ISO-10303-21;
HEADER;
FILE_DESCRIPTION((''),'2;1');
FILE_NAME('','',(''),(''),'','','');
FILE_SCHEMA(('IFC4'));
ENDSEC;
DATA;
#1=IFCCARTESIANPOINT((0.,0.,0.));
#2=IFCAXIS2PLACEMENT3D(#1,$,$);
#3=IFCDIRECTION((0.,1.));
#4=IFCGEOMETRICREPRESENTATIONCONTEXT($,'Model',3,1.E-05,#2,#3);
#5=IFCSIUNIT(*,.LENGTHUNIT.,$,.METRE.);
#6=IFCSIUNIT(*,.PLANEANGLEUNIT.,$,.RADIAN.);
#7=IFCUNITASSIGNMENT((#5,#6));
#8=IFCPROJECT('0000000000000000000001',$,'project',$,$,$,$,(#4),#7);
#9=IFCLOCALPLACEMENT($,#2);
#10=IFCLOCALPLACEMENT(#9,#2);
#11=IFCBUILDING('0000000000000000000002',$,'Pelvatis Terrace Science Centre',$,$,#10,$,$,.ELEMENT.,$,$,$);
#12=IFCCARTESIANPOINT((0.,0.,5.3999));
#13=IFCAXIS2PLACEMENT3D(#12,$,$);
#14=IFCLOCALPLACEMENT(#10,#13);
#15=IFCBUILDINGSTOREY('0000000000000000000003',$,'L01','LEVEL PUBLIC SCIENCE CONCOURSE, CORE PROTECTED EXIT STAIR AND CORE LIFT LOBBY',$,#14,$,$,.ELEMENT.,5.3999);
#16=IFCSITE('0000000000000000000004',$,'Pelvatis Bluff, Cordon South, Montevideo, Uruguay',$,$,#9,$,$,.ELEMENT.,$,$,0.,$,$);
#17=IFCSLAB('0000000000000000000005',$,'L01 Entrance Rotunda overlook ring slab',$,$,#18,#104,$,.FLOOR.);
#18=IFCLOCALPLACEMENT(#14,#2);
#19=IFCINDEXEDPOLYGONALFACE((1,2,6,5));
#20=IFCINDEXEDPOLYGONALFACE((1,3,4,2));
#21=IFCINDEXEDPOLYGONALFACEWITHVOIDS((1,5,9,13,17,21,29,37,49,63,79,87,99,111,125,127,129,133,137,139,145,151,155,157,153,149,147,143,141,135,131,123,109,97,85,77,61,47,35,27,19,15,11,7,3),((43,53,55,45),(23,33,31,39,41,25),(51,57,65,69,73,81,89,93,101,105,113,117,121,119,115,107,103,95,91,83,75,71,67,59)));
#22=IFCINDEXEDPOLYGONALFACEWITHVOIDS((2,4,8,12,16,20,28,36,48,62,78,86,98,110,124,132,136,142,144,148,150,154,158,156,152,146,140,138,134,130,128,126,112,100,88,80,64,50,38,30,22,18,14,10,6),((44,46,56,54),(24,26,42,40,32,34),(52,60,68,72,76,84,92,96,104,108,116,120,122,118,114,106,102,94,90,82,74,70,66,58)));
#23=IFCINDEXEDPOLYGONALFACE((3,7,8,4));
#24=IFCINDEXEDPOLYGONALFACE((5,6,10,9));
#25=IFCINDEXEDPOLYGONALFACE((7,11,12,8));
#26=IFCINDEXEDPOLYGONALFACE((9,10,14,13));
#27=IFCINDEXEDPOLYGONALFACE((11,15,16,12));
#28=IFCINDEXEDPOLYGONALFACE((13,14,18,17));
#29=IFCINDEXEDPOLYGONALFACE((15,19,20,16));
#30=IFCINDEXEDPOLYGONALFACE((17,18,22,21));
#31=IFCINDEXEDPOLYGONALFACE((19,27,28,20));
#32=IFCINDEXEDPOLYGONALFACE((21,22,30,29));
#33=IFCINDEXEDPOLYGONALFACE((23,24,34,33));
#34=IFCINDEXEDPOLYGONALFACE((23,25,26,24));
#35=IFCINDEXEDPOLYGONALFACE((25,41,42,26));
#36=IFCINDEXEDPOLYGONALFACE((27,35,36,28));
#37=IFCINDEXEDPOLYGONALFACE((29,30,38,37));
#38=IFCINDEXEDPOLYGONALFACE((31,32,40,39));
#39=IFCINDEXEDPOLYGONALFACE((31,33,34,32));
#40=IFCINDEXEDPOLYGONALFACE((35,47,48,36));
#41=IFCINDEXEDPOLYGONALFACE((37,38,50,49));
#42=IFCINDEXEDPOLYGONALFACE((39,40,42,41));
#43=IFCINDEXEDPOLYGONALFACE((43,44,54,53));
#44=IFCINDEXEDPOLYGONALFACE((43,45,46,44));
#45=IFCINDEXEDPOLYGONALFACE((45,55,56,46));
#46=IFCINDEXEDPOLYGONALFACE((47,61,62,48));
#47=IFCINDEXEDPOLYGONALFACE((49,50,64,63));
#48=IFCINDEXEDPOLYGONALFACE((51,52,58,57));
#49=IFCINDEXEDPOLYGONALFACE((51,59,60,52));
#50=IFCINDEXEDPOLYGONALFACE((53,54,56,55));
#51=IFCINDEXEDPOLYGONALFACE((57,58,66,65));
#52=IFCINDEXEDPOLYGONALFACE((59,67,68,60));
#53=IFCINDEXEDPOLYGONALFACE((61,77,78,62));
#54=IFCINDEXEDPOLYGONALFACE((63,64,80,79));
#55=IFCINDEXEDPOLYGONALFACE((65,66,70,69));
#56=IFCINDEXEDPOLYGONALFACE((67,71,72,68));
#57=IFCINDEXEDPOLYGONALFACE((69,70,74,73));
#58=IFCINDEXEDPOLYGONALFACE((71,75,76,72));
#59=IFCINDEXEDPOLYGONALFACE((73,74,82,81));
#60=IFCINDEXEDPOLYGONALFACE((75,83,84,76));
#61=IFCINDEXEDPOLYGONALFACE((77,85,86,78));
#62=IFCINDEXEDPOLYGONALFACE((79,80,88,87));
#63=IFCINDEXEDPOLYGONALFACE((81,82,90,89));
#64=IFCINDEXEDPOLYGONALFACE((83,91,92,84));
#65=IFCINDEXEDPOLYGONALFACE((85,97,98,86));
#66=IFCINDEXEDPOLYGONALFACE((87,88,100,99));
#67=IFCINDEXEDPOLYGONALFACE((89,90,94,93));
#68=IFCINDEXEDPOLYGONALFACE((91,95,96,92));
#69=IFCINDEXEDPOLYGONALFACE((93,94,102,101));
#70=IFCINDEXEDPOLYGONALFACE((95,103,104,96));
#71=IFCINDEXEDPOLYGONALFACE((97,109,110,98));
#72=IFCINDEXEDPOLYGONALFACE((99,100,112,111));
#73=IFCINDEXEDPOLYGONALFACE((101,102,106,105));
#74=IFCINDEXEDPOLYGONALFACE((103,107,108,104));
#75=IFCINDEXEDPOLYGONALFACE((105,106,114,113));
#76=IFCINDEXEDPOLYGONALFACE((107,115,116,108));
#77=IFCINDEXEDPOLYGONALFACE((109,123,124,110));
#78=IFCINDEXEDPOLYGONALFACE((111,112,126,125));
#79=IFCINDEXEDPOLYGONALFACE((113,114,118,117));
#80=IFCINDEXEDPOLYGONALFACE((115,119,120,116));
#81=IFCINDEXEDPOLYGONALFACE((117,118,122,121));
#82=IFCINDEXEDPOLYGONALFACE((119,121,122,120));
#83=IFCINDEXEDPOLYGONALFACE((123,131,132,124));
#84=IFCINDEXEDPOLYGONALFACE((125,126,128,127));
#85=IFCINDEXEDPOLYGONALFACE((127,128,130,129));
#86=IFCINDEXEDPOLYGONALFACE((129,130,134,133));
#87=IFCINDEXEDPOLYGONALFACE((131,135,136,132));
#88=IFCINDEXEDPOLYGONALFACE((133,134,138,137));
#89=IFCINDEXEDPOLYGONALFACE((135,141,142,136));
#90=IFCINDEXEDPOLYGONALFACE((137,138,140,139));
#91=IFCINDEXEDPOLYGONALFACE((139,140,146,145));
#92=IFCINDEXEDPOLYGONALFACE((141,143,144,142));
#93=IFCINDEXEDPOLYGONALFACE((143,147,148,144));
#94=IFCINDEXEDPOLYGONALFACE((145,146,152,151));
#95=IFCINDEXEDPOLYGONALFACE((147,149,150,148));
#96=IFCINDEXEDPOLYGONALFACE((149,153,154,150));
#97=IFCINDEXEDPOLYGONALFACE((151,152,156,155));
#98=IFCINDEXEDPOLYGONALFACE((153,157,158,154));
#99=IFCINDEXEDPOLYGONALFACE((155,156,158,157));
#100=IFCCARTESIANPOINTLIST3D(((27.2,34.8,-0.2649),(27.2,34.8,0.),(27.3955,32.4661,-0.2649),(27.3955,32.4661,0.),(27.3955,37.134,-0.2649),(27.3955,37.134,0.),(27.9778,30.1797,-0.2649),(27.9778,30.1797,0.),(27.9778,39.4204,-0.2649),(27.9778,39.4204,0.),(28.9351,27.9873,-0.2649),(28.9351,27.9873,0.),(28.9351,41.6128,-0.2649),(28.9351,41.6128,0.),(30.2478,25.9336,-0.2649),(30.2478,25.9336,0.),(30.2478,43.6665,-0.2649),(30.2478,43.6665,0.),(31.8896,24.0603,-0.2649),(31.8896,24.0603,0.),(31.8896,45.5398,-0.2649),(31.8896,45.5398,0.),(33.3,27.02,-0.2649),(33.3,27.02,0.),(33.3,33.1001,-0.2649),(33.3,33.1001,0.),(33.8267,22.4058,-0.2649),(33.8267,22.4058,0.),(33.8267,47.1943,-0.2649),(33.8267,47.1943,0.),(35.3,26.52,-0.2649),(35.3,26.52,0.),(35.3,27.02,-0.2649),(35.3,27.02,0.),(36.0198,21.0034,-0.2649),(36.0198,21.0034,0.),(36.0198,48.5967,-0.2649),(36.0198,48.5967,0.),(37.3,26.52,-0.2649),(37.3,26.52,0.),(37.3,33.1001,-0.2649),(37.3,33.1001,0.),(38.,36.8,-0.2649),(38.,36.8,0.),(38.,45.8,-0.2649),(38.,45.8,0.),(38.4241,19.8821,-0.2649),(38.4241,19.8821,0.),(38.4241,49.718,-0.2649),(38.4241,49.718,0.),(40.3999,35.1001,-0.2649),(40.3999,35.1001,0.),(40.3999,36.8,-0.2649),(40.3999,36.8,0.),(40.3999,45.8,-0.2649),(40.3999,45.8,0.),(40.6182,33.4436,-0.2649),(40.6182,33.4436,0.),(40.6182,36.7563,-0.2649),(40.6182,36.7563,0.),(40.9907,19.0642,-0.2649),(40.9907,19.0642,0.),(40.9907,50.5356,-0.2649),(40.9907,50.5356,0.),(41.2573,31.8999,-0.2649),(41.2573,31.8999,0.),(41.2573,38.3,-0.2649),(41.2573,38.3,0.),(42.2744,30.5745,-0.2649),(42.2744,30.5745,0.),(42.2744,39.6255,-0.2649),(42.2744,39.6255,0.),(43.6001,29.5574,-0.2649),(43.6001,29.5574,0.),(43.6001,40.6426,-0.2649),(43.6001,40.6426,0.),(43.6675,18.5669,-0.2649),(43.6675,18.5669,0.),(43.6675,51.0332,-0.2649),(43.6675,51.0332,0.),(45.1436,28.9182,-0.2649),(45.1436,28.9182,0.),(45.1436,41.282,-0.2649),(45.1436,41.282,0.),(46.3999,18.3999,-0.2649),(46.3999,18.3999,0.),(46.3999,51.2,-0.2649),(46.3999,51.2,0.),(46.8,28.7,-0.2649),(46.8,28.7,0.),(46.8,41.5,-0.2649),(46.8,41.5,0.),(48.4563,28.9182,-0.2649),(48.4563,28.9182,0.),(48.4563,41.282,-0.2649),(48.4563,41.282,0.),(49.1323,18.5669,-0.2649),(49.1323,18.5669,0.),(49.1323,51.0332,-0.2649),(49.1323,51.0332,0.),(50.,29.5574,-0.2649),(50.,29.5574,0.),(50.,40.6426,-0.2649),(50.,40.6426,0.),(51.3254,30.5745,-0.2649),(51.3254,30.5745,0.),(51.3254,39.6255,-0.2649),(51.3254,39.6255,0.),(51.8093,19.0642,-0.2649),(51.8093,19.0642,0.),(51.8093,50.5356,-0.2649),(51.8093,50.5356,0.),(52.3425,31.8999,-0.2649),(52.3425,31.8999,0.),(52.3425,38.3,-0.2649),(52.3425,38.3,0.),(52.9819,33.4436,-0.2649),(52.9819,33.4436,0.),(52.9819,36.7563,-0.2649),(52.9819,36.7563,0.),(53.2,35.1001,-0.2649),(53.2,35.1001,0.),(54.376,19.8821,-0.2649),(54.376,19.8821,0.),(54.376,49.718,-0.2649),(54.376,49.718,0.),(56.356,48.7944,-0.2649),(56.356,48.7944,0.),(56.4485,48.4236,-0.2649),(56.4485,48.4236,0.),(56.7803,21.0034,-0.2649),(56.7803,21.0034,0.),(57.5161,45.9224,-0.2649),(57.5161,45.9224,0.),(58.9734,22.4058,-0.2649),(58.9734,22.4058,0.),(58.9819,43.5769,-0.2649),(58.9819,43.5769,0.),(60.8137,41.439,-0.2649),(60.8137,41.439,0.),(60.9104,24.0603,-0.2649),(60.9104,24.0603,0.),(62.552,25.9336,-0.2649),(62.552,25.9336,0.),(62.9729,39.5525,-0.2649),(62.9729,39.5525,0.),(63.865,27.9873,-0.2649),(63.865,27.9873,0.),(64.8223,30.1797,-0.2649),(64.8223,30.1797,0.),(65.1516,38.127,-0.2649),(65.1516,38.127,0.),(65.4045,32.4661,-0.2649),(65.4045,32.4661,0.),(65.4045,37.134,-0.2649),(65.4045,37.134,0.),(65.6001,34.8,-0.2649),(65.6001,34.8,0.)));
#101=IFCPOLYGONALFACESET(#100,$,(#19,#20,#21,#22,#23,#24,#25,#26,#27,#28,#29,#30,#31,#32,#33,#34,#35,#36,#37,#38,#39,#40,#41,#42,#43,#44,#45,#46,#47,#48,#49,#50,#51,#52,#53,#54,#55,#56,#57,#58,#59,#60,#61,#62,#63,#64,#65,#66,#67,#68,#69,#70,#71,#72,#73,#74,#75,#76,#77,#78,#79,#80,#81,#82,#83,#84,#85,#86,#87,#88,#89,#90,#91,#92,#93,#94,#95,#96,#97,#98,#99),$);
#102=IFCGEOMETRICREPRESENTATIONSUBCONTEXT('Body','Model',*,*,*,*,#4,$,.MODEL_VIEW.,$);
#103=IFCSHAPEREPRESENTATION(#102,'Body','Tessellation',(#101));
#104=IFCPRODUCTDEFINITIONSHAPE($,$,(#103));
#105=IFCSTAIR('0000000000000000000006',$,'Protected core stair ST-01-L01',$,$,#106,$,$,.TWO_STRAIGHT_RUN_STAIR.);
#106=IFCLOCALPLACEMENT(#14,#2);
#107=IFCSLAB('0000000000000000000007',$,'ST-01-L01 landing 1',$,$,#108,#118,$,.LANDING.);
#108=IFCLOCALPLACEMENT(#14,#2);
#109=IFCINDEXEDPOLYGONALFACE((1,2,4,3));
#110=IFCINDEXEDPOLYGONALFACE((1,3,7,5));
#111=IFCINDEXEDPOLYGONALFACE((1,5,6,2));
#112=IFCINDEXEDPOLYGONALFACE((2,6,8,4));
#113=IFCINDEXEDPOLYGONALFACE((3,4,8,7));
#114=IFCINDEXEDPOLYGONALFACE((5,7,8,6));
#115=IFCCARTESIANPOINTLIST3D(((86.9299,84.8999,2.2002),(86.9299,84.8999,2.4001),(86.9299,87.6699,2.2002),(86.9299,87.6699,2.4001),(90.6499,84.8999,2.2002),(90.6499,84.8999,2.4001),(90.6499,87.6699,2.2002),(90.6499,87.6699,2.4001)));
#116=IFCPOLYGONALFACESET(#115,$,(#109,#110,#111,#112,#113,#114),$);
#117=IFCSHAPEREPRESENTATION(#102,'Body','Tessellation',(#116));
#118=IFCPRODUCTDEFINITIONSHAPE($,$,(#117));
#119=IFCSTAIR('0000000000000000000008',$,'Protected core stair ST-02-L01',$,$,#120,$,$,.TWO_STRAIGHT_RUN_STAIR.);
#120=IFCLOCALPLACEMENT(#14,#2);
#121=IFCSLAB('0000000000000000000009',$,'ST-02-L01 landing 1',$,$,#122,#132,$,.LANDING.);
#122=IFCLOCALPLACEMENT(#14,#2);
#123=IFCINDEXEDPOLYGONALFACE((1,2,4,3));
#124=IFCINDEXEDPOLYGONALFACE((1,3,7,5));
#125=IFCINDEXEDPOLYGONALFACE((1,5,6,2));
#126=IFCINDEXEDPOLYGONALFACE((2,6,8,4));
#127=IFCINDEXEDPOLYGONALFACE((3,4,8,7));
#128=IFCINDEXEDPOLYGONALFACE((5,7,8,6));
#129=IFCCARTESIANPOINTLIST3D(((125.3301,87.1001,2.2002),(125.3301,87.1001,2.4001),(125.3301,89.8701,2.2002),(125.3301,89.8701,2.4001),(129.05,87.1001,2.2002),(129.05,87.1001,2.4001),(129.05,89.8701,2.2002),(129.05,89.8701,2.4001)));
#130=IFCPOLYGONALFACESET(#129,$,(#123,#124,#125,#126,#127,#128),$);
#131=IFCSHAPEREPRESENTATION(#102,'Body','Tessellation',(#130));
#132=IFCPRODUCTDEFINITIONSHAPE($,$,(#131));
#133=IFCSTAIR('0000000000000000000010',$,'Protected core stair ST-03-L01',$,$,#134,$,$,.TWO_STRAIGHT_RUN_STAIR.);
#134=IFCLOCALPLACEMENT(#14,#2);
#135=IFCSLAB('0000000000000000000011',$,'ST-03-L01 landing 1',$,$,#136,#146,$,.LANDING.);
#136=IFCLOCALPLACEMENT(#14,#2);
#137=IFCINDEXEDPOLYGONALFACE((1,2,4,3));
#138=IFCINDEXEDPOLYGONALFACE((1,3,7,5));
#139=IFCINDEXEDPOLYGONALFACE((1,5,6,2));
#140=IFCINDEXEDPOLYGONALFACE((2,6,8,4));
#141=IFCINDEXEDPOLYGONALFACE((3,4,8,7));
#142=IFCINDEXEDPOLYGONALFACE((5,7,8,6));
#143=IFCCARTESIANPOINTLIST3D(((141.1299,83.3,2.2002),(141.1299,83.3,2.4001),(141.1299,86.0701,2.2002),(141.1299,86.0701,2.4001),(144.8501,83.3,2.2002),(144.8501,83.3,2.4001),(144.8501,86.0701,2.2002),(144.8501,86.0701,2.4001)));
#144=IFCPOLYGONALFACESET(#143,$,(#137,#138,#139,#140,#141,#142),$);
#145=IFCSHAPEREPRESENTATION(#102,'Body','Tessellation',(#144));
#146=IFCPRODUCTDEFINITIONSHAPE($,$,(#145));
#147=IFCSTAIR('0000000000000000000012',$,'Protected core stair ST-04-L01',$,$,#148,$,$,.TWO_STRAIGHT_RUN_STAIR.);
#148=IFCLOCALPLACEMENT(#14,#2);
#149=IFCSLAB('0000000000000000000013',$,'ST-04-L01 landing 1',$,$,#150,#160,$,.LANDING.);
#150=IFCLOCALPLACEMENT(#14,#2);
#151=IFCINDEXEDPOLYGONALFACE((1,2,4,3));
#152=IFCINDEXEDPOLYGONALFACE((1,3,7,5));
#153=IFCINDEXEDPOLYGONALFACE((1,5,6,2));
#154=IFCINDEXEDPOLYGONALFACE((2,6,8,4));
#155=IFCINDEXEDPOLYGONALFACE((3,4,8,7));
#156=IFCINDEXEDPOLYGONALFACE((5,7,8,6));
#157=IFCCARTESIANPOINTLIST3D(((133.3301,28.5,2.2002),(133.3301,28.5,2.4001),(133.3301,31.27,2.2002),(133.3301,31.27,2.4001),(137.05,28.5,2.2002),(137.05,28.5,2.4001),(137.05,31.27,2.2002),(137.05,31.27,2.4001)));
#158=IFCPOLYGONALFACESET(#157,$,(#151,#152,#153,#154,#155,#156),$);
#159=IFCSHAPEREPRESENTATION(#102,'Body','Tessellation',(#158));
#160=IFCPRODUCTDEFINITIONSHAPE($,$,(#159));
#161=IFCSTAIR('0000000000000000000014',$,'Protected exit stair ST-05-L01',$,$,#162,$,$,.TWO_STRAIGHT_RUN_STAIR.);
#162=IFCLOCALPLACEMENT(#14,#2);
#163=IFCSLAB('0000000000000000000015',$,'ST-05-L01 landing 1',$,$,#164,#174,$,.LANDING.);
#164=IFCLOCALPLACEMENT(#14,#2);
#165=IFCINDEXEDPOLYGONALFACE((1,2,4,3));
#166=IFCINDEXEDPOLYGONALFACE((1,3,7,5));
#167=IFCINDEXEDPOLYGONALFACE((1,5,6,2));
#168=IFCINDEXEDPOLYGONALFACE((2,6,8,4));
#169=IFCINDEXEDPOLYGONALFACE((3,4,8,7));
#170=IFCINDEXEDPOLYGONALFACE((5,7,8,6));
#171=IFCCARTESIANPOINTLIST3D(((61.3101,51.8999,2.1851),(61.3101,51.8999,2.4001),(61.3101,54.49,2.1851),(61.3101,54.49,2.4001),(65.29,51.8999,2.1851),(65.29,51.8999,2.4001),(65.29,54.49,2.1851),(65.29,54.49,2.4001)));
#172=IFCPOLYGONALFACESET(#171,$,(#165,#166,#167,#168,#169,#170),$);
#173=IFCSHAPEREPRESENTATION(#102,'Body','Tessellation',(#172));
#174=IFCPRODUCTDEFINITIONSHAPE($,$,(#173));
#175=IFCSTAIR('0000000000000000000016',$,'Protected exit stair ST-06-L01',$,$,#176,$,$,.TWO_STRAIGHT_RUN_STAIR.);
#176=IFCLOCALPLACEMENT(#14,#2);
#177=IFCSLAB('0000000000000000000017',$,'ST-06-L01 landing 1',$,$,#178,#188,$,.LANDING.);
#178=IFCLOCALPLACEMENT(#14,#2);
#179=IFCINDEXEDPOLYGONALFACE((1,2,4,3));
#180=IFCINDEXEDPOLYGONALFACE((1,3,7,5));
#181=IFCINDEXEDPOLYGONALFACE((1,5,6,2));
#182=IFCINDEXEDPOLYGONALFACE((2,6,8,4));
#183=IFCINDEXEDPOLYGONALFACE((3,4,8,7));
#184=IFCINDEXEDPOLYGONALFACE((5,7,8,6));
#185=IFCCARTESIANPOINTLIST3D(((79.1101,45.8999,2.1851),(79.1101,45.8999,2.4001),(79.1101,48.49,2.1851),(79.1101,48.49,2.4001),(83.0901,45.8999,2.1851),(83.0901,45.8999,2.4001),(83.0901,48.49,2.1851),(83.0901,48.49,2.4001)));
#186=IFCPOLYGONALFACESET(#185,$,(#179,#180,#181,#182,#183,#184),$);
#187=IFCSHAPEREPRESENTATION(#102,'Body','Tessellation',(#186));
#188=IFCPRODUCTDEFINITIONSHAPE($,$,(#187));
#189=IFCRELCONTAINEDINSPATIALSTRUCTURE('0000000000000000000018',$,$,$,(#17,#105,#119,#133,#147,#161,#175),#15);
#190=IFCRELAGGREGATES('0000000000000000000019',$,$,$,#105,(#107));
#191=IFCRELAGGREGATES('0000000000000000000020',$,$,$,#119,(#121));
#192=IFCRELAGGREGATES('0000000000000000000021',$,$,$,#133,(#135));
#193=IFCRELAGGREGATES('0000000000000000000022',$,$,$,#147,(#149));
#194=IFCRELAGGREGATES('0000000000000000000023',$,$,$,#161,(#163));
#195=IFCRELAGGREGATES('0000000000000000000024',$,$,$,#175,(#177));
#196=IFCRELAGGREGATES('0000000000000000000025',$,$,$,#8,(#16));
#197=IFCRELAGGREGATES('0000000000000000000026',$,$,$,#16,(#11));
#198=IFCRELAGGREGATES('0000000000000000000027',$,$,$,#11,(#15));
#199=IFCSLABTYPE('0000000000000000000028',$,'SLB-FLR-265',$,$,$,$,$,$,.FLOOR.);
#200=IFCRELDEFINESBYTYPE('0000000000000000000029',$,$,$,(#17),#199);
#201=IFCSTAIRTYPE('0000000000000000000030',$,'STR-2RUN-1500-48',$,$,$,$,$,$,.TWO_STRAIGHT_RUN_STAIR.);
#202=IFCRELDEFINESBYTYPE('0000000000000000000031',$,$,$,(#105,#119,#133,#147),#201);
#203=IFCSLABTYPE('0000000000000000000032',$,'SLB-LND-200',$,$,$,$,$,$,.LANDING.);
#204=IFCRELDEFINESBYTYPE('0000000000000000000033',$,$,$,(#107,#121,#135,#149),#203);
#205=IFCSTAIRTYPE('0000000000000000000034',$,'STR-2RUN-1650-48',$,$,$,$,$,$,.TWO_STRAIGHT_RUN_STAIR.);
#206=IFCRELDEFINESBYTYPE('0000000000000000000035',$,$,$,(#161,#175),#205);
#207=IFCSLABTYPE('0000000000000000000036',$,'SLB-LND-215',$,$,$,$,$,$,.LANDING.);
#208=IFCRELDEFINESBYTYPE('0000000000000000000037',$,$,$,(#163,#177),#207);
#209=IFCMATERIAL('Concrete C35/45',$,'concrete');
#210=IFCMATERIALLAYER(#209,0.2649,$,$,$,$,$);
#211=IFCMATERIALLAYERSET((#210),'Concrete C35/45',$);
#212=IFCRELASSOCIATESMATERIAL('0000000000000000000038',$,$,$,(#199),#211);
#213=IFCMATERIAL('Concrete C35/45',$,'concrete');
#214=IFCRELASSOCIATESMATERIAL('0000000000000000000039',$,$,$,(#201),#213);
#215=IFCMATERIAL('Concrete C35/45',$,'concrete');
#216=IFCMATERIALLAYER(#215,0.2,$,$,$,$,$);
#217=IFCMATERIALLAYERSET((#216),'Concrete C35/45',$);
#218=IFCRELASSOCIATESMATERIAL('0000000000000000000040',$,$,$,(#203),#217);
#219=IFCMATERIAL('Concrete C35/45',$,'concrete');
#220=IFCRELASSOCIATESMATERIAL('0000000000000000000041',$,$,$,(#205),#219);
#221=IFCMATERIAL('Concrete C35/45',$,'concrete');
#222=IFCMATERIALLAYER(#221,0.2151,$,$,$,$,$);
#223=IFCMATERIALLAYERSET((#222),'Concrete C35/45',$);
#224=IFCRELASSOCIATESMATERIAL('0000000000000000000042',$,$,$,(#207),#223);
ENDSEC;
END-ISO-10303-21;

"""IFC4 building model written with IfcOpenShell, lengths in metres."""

from ifc_helpers import new_model, si_unit, direction, frame, origin, place, context, subcontext, project, spatial, polyline, outline, extrude, material, layer, layer_set, type_object, element, aggregate, save


model = new_model("IFC4")

# Units and contexts
model_context = context("Model", 3, precision=1e-05, world=origin(), true_north=direction((0.0, 1.0)))
body_context = subcontext(model_context, "Body", "Model", "MODEL_VIEW")
ifc_project = project(units=[si_unit("LENGTHUNIT", "METRE"), si_unit("PLANEANGLEUNIT", "RADIAN")], contexts=[model_context])

# Site, building, storey
site_placement = place(None, origin())
site = spatial("IfcSite", under=ifc_project, at=site_placement, Name="Pelvatis Bluff, Cordon South, Montevideo, Uruguay", CompositionType="ELEMENT", RefElevation=0.0)
building_placement = place(site_placement, origin())
building = spatial("IfcBuilding", under=site, at=building_placement, Name="Pelvatis Terrace Science Centre", CompositionType="ELEMENT")
storey_placement = place(building_placement, frame((0.0, 0.0, 5.3999)))
storey = spatial("IfcBuildingStorey", under=building, at=storey_placement, Name="L01", Description="LEVEL PUBLIC SCIENCE CONCOURSE, CORE PROTECTED EXIT STAIR AND CORE LIFT LOBBY", CompositionType="ELEMENT", Elevation=5.3999)

# Slab
ifc_material_1 = material(Name="Concrete C35/45", Category="concrete")
ifc_layer_1 = layer(ifc_material_1, 0.2649)
ifc_layer_set_1 = layer_set([ifc_layer_1], Name="Concrete C35/45")
slab_type_1 = type_object("IfcSlabType", Name="SLB-FLR-265", PredefinedType="FLOOR", material=ifc_layer_set_1)
slab_1_placement = place(storey_placement, frame((0.0, 0.0, -0.2649)))
element("IfcSlab", 1, at=slab_1_placement, inside=storey, type_object=slab_type_1, Name="L01 Entrance Rotunda overlook ring slab", PredefinedType="FLOOR", context=body_context, shape_type="SweptSolid", body=[
    extrude(outline(polyline([(64.8223, 30.1797), (63.865, 27.9873), (62.552, 25.9336), (60.9104, 24.0603), (58.9734, 22.4058), (56.7803, 21.0034), (54.376, 19.8821), (51.8093, 19.0642), (49.1323, 18.5669), (46.3999, 18.3999), (43.6675, 18.5669), (40.9907, 19.0642), (38.4241, 19.8821), (36.0198, 21.0034), (33.8267, 22.4058), (31.8896, 24.0603), (30.2478, 25.9336), (28.9351, 27.9873), (27.9778, 30.1797), (27.3955, 32.4661), (27.2, 34.8), (27.3955, 37.134), (27.9778, 39.4204), (28.9351, 41.6128), (30.2478, 43.6665), (31.8896, 45.5398), (33.8267, 47.1943), (36.0198, 48.5967), (38.4241, 49.718), (40.9907, 50.5356), (43.6675, 51.0332), (46.3999, 51.2), (49.1323, 51.0332), (51.8093, 50.5356), (54.376, 49.718), (56.356, 48.7944), (56.4485, 48.4236), (57.5161, 45.9224), (58.9819, 43.5769), (60.8137, 41.439), (62.9729, 39.5525), (65.1516, 38.127), (65.4045, 37.134), (65.6001, 34.8), (65.4045, 32.4661), (64.8223, 30.1797)]), holes=[polyline([(33.3, 27.02), (35.3, 27.02), (35.3, 26.52), (37.3, 26.52), (37.3, 33.1001), (33.3, 33.1001), (33.3, 27.02)]), polyline([(52.9819, 33.4436), (53.2, 35.1001), (52.9819, 36.7563), (52.3425, 38.3), (51.3254, 39.6255), (50.0, 40.6426), (48.4563, 41.282), (46.8, 41.5), (45.1436, 41.282), (43.6001, 40.6426), (42.2744, 39.6255), (41.2573, 38.3), (40.6182, 36.7563), (40.3999, 35.1001), (40.6182, 33.4436), (41.2573, 31.8999), (42.2744, 30.5745), (43.6001, 29.5574), (45.1436, 28.9182), (46.8, 28.7), (48.4563, 28.9182), (50.0, 29.5574), (51.3254, 30.5745), (52.3425, 31.8999), (52.9819, 33.4436)]), polyline([(38.0, 45.8), (38.0, 36.8), (40.3999, 36.8), (40.3999, 45.8), (38.0, 45.8)])]), origin(), (0.0, 0.0, 1.0), 0.2649),
])

# Stairs, slabs
ifc_material_2 = material(Name="Concrete C35/45", Category="concrete")
stair_type_1 = type_object("IfcStairType", Name="STR-2RUN-1500-48", PredefinedType="TWO_STRAIGHT_RUN_STAIR", material=ifc_material_2)
stair_1_placement = place(storey_placement, origin())
stair_1 = element("IfcStair", 2, at=stair_1_placement, inside=storey, type_object=stair_type_1, Name="Protected core stair ST-01-L01", PredefinedType="TWO_STRAIGHT_RUN_STAIR")
ifc_material_3 = material(Name="Concrete C35/45", Category="concrete")
ifc_layer_2 = layer(ifc_material_3, 0.2)
ifc_layer_set_2 = layer_set([ifc_layer_2], Name="Concrete C35/45")
slab_type_2 = type_object("IfcSlabType", Name="SLB-LND-200", PredefinedType="LANDING", material=ifc_layer_set_2)
slab_2_placement = place(storey_placement, frame((0.0, 0.0, 2.2002)))
slab_2 = element("IfcSlab", 3, at=slab_2_placement, type_object=slab_type_2, Name="ST-01-L01 landing 1", PredefinedType="LANDING", context=body_context, shape_type="SweptSolid", body=[
    extrude(outline(polyline([(86.9299, 84.8999), (90.6499, 84.8999), (90.6499, 87.6699), (86.9299, 87.6699), (86.9299, 84.8999)])), origin(), (0.0, 0.0, 1.0), 0.2),
])
aggregate(stair_1, [slab_2])
stair_2_placement = place(storey_placement, origin())
stair_2 = element("IfcStair", 4, at=stair_2_placement, inside=storey, type_object=stair_type_1, Name="Protected core stair ST-02-L01", PredefinedType="TWO_STRAIGHT_RUN_STAIR")
slab_3_placement = place(storey_placement, frame((0.0, 0.0, 2.2002)))
slab_3 = element("IfcSlab", 5, at=slab_3_placement, type_object=slab_type_2, Name="ST-02-L01 landing 1", PredefinedType="LANDING", context=body_context, shape_type="SweptSolid", body=[
    extrude(outline(polyline([(125.3301, 87.1001), (129.05, 87.1001), (129.05, 89.8701), (125.3301, 89.8701), (125.3301, 87.1001)])), origin(), (0.0, 0.0, 1.0), 0.2),
])
aggregate(stair_2, [slab_3])
stair_3_placement = place(storey_placement, origin())
stair_3 = element("IfcStair", 6, at=stair_3_placement, inside=storey, type_object=stair_type_1, Name="Protected core stair ST-03-L01", PredefinedType="TWO_STRAIGHT_RUN_STAIR")
slab_4_placement = place(storey_placement, frame((0.0, 0.0, 2.2002)))
slab_4 = element("IfcSlab", 7, at=slab_4_placement, type_object=slab_type_2, Name="ST-03-L01 landing 1", PredefinedType="LANDING", context=body_context, shape_type="SweptSolid", body=[
    extrude(outline(polyline([(141.1299, 83.3), (144.8501, 83.3), (144.8501, 86.0701), (141.1299, 86.0701), (141.1299, 83.3)])), origin(), (0.0, 0.0, 1.0), 0.2),
])
aggregate(stair_3, [slab_4])
stair_4_placement = place(storey_placement, origin())
stair_4 = element("IfcStair", 8, at=stair_4_placement, inside=storey, type_object=stair_type_1, Name="Protected core stair ST-04-L01", PredefinedType="TWO_STRAIGHT_RUN_STAIR")
slab_5_placement = place(storey_placement, frame((0.0, 0.0, 2.2002)))
slab_5 = element("IfcSlab", 9, at=slab_5_placement, type_object=slab_type_2, Name="ST-04-L01 landing 1", PredefinedType="LANDING", context=body_context, shape_type="SweptSolid", body=[
    extrude(outline(polyline([(133.3301, 28.5), (137.05, 28.5), (137.05, 31.27), (133.3301, 31.27), (133.3301, 28.5)])), origin(), (0.0, 0.0, 1.0), 0.2),
])
aggregate(stair_4, [slab_5])
ifc_material_4 = material(Name="Concrete C35/45", Category="concrete")
stair_type_2 = type_object("IfcStairType", Name="STR-2RUN-1650-48", PredefinedType="TWO_STRAIGHT_RUN_STAIR", material=ifc_material_4)
stair_5_placement = place(storey_placement, origin())
stair_5 = element("IfcStair", 10, at=stair_5_placement, inside=storey, type_object=stair_type_2, Name="Protected exit stair ST-05-L01", PredefinedType="TWO_STRAIGHT_RUN_STAIR")
ifc_material_5 = material(Name="Concrete C35/45", Category="concrete")
ifc_layer_3 = layer(ifc_material_5, 0.2151)
ifc_layer_set_3 = layer_set([ifc_layer_3], Name="Concrete C35/45")
slab_type_3 = type_object("IfcSlabType", Name="SLB-LND-215", PredefinedType="LANDING", material=ifc_layer_set_3)
slab_6_placement = place(storey_placement, frame((0.0, 0.0, 2.1851)))
slab_6 = element("IfcSlab", 11, at=slab_6_placement, type_object=slab_type_3, Name="ST-05-L01 landing 1", PredefinedType="LANDING", context=body_context, shape_type="SweptSolid", body=[
    extrude(outline(polyline([(61.3101, 51.8999), (65.29, 51.8999), (65.29, 54.49), (61.3101, 54.49), (61.3101, 51.8999)])), origin(), (0.0, 0.0, 1.0), 0.2151),
])
aggregate(stair_5, [slab_6])
stair_6_placement = place(storey_placement, origin())
stair_6 = element("IfcStair", 12, at=stair_6_placement, inside=storey, type_object=stair_type_2, Name="Protected exit stair ST-06-L01", PredefinedType="TWO_STRAIGHT_RUN_STAIR")
slab_7_placement = place(storey_placement, frame((0.0, 0.0, 2.1851)))
slab_7 = element("IfcSlab", 13, at=slab_7_placement, type_object=slab_type_3, Name="ST-06-L01 landing 1", PredefinedType="LANDING", context=body_context, shape_type="SweptSolid", body=[
    extrude(outline(polyline([(79.1101, 45.8999), (83.0901, 45.8999), (83.0901, 48.49), (79.1101, 48.49), (79.1101, 45.8999)])), origin(), (0.0, 0.0, 1.0), 0.2151),
])
aggregate(stair_6, [slab_7])

save(model, "model.ifc")
